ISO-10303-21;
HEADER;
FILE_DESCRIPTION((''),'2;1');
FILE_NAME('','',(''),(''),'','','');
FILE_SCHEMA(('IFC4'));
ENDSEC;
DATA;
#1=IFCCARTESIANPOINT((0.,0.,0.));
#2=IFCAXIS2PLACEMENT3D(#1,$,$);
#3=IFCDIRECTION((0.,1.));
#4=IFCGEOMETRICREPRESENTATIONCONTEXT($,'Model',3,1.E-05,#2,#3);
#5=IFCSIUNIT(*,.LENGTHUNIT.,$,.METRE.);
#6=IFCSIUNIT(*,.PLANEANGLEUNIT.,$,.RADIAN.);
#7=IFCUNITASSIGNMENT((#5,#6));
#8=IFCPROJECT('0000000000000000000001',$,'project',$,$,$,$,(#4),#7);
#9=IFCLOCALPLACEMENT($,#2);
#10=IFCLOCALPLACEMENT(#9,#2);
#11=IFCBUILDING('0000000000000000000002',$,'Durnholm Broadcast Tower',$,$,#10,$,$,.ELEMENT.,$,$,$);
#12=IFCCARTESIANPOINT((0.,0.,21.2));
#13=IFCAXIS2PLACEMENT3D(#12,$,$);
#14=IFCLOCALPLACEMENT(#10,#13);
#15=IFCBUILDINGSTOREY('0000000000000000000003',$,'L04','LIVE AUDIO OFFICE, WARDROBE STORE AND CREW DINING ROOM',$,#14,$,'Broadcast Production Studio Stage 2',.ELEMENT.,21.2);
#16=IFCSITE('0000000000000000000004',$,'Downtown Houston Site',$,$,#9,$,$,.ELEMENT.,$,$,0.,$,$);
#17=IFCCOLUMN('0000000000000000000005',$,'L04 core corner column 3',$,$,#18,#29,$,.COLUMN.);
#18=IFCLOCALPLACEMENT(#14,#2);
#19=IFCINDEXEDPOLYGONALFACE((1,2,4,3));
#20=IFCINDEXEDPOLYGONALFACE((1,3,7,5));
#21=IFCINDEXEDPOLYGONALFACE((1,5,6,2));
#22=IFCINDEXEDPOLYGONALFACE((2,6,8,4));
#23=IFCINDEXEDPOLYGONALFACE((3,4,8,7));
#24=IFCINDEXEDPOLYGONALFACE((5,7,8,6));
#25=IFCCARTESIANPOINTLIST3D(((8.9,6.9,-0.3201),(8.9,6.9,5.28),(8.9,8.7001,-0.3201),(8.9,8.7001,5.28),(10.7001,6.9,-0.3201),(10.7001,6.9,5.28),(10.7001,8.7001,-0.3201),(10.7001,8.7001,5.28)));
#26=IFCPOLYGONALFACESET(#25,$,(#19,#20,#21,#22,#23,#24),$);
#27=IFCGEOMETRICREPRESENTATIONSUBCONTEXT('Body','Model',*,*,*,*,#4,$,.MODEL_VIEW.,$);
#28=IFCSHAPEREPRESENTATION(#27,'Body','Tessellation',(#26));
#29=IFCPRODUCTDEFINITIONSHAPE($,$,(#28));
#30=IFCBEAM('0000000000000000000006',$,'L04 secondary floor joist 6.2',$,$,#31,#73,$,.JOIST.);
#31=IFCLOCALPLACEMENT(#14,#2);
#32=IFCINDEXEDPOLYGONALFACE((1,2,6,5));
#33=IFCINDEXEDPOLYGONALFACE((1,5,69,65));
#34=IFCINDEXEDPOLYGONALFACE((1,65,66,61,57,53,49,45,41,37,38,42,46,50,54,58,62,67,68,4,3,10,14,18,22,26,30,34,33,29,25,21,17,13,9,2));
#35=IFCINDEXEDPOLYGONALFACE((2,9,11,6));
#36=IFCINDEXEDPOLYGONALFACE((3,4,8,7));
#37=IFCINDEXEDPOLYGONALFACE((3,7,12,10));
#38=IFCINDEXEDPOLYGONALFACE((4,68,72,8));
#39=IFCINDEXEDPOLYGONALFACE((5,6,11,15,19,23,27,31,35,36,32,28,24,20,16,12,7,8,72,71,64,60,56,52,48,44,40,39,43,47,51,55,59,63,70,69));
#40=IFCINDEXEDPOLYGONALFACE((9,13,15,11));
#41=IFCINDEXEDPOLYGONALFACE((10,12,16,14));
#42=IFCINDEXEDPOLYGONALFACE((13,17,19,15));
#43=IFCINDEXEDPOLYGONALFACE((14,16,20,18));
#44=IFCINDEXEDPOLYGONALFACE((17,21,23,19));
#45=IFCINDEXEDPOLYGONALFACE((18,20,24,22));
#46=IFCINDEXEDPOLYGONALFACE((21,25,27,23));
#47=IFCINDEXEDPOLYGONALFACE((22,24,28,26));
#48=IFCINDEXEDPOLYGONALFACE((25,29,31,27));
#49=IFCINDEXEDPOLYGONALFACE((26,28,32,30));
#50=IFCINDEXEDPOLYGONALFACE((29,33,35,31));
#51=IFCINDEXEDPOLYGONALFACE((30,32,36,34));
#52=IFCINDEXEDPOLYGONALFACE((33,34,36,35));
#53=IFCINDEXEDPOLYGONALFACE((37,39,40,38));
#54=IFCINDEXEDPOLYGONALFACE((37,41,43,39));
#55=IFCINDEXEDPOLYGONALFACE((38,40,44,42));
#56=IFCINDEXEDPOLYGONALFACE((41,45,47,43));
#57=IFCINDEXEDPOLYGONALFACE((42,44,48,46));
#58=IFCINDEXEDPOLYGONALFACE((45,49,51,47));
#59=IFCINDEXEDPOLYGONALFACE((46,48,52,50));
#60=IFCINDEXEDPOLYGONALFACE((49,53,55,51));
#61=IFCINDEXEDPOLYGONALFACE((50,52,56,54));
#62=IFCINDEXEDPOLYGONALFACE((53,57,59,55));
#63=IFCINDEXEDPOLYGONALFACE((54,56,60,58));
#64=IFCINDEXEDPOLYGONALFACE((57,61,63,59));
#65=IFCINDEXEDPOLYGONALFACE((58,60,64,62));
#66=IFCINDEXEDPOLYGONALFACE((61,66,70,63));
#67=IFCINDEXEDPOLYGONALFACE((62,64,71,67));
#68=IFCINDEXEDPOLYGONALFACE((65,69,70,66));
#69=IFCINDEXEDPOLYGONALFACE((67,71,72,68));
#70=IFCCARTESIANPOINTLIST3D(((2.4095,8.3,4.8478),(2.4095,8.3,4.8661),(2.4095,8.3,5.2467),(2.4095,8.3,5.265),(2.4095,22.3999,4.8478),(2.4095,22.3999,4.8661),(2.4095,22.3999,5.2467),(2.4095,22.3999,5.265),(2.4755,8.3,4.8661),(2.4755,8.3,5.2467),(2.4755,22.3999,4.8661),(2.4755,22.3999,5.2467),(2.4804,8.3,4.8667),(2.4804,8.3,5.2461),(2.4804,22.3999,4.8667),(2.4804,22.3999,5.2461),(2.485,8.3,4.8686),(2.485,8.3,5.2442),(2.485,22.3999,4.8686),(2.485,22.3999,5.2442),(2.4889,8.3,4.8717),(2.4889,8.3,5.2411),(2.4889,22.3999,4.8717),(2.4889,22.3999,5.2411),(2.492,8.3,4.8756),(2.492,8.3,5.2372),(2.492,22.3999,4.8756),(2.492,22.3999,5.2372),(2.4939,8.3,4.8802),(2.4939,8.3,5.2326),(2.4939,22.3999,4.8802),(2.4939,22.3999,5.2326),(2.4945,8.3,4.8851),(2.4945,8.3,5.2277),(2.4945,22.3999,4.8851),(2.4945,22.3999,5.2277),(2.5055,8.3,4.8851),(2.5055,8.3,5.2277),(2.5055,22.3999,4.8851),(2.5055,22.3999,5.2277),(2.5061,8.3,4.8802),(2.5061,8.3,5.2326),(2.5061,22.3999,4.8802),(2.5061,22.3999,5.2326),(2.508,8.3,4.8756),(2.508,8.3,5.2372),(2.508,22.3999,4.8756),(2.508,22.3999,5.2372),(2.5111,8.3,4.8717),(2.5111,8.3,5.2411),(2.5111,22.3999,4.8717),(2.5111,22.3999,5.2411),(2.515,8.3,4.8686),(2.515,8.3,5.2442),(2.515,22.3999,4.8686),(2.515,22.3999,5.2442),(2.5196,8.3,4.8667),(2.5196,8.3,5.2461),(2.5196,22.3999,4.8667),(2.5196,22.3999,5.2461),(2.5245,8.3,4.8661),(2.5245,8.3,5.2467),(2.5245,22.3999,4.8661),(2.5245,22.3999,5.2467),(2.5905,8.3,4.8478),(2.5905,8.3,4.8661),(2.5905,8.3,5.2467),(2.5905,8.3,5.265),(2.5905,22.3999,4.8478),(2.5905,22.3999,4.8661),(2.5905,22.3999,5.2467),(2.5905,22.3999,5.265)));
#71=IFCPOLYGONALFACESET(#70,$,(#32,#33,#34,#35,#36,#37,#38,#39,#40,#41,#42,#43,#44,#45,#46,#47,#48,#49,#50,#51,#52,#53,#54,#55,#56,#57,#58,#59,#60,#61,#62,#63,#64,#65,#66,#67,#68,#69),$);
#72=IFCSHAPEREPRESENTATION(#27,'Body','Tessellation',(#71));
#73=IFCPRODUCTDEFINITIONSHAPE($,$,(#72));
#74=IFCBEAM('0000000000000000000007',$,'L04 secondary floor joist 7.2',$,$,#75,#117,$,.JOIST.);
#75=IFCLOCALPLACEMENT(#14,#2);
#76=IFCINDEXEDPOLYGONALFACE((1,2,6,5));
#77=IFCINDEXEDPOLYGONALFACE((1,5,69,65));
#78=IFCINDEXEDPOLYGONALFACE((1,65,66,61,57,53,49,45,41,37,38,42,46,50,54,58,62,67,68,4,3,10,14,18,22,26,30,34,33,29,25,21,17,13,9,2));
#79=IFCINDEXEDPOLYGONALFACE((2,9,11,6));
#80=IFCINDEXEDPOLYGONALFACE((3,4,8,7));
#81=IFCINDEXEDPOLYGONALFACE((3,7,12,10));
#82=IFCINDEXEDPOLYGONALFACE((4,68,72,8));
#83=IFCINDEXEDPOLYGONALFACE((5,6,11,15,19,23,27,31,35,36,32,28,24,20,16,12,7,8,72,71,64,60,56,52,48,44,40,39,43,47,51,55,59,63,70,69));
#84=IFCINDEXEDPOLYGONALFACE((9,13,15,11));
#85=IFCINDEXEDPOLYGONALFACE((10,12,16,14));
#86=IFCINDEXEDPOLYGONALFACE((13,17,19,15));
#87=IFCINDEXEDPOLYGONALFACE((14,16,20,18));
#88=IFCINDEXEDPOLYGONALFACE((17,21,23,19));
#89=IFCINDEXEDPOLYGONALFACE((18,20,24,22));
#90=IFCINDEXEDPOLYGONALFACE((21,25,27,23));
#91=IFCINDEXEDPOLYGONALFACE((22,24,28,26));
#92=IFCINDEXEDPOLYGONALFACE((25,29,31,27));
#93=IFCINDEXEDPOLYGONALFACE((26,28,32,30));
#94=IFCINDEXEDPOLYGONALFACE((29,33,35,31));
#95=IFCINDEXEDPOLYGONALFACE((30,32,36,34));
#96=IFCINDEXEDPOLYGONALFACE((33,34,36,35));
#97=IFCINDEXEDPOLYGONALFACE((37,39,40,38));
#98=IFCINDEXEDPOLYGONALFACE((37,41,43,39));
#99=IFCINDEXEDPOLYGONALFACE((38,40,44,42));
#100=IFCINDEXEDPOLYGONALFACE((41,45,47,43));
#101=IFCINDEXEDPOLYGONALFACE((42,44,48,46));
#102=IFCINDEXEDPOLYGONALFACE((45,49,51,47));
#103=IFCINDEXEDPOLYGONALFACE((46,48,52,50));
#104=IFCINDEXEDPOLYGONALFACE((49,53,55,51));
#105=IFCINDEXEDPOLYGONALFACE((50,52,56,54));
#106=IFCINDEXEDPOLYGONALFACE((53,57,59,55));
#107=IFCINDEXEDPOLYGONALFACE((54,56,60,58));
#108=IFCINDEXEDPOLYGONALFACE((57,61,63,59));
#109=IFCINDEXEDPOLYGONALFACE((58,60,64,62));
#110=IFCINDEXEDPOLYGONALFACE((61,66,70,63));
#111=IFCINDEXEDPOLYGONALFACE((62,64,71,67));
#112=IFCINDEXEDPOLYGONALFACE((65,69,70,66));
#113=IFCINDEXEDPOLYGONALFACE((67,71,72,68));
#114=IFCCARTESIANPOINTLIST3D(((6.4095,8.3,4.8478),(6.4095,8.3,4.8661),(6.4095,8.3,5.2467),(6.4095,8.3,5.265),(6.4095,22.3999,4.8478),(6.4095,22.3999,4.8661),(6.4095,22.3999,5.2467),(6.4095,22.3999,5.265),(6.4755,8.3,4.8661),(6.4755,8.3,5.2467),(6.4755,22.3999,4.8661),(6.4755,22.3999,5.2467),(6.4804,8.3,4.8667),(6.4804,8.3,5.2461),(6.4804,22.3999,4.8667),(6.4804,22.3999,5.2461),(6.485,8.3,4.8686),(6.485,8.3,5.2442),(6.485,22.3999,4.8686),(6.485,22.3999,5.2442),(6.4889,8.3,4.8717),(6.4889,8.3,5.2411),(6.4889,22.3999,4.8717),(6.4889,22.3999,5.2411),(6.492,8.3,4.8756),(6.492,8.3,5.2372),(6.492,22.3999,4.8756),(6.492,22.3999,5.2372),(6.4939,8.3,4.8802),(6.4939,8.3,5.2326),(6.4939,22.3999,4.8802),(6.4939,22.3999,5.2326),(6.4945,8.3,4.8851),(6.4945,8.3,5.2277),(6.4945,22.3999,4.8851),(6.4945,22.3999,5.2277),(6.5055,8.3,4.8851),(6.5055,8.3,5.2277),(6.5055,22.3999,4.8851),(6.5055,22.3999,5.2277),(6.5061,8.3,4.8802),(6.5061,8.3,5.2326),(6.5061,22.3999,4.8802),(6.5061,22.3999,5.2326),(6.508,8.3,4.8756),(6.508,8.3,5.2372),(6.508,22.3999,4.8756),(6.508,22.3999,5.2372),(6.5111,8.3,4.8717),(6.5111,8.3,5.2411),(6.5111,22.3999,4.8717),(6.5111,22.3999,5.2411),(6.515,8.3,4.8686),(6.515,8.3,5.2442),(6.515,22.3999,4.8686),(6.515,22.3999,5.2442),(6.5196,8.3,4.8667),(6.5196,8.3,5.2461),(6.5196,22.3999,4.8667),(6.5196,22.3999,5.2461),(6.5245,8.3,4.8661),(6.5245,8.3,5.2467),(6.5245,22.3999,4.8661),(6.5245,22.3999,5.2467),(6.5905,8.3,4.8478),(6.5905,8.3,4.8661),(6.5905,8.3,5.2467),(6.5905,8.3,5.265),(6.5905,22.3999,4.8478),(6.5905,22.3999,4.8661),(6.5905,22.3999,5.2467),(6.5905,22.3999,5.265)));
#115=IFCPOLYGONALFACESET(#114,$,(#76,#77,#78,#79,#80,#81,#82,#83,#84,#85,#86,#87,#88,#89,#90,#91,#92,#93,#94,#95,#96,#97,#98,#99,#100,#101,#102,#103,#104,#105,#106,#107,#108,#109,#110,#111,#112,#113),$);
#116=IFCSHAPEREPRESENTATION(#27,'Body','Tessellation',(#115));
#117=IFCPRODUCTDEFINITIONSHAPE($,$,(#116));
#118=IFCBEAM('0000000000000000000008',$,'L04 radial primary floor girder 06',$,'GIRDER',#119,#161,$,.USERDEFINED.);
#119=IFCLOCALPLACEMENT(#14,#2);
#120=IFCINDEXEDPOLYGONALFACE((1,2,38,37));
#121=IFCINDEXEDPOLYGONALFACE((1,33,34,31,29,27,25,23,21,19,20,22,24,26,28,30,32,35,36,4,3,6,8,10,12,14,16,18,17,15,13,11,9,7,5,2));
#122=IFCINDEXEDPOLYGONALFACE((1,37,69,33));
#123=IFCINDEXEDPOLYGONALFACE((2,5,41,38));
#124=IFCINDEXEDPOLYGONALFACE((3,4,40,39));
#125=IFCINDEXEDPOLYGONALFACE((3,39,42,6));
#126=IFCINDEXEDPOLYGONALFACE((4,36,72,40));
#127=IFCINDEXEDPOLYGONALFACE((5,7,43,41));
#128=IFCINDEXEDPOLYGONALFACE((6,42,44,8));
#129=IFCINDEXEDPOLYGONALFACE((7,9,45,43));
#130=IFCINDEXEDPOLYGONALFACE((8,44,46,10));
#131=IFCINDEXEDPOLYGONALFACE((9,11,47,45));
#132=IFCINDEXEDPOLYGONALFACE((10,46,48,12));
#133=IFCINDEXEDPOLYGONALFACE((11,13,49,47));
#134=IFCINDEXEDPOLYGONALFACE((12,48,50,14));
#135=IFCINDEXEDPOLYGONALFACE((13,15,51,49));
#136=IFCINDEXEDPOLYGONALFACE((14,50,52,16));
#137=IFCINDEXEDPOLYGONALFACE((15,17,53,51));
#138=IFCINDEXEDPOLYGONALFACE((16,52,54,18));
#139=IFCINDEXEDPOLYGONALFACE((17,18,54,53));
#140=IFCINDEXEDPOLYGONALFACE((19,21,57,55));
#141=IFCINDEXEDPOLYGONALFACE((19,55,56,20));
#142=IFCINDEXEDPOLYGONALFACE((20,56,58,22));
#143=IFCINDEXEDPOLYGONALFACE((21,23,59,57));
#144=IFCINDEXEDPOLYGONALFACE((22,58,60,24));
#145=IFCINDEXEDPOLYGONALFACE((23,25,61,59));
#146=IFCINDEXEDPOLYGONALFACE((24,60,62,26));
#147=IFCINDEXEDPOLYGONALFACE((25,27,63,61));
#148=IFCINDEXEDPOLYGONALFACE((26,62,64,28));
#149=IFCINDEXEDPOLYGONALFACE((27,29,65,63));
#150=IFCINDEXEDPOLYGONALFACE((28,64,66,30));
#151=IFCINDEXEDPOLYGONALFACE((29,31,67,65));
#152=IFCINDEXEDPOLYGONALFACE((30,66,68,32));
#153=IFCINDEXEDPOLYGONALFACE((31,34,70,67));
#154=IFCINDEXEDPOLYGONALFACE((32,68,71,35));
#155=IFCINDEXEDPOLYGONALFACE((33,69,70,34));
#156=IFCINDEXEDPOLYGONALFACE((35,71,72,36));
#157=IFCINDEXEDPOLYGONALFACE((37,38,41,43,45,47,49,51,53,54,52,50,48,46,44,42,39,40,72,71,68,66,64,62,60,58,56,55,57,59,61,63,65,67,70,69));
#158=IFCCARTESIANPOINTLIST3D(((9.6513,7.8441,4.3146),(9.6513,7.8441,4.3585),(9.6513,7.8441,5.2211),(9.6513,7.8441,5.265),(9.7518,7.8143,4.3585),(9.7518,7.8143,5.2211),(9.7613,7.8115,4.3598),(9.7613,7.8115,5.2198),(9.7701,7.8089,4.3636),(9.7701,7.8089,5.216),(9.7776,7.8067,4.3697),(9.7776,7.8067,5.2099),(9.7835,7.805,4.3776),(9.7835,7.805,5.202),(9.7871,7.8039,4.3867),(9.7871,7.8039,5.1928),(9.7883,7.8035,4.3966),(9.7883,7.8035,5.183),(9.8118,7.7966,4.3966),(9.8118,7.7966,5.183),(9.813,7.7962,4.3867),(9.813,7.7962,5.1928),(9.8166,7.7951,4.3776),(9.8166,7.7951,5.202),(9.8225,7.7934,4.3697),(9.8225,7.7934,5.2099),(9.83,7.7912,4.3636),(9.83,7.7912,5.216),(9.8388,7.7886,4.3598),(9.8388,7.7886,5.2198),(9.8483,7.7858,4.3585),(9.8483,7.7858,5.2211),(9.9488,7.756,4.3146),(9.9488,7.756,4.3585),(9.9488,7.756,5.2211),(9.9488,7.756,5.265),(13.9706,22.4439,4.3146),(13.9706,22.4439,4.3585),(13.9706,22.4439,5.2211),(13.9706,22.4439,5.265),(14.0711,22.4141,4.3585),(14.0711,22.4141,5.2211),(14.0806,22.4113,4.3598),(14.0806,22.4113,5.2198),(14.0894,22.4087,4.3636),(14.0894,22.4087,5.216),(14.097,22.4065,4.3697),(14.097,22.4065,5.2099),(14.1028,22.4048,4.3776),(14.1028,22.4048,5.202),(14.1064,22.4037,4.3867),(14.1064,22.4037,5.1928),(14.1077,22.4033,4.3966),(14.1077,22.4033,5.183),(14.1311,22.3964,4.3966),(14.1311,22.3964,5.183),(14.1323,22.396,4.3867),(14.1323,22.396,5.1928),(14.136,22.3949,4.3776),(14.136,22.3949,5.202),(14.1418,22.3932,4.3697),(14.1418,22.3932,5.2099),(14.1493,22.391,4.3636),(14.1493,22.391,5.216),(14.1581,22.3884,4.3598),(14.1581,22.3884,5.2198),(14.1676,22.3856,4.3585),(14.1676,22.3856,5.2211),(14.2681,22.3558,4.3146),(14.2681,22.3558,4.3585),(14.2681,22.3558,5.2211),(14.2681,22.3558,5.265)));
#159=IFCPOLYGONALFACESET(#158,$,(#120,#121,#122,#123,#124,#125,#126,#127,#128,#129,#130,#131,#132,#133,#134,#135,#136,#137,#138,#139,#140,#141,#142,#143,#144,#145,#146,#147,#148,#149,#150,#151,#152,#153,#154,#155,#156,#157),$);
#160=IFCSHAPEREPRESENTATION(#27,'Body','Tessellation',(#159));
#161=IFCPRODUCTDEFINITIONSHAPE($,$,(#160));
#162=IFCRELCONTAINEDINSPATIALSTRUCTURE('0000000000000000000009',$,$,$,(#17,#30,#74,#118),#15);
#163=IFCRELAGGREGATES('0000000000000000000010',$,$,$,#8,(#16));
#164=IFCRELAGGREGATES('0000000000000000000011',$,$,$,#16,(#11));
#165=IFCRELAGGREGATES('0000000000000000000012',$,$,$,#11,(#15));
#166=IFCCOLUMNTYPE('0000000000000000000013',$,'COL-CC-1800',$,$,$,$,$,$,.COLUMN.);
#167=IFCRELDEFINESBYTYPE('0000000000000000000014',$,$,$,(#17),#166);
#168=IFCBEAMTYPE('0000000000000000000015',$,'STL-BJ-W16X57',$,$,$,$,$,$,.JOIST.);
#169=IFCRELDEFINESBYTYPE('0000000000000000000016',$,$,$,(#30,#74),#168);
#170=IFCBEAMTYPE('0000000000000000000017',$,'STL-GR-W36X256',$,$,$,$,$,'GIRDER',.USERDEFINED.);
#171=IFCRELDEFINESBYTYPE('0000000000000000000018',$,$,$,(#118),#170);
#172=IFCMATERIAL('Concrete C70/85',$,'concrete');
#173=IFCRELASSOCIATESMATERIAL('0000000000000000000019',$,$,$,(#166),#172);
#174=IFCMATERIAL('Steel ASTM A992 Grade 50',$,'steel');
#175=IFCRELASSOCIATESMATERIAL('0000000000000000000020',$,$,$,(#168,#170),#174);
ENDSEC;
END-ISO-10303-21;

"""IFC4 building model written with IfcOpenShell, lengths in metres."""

from ifc_helpers import new_model, si_unit, direction, frame, origin, origin_2d, place, context, subcontext, project, spatial, rectangle, i_section, extrude, source, transform, mapped, material, material_profile, profile_set, type_object, type_shapes, element, save


model = new_model("IFC4")

# Units and contexts
model_context = context("Model", 3, precision=1e-05, world=origin(), true_north=direction((0.0, 1.0)))
body_context = subcontext(model_context, "Body", "Model", "MODEL_VIEW")
ifc_project = project(units=[si_unit("LENGTHUNIT", "METRE"), si_unit("PLANEANGLEUNIT", "RADIAN")], contexts=[model_context])

# Site, building, storey
site_placement = place(None, origin())
site = spatial("IfcSite", under=ifc_project, at=site_placement, Name="Downtown Houston Site", CompositionType="ELEMENT", RefElevation=0.0)
building_placement = place(site_placement, origin())
building = spatial("IfcBuilding", under=site, at=building_placement, Name="Durnholm Broadcast Tower", CompositionType="ELEMENT")
storey_placement = place(building_placement, frame((0.0, 0.0, 21.2)))
storey = spatial("IfcBuildingStorey", under=building, at=storey_placement, Name="L04", Description="LIVE AUDIO OFFICE, WARDROBE STORE AND CREW DINING ROOM", LongName="Broadcast Production Studio Stage 2", CompositionType="ELEMENT", Elevation=21.2)

# Column
ifc_material_1 = material(Name="Concrete C70/85", Category="concrete")
ifc_material_profile_1 = material_profile(ifc_material_1, rectangle(XDim=1.8, YDim=1.8, at=origin_2d()), Name="RC1800X1800")
ifc_profile_set_1 = profile_set([ifc_material_profile_1], Name="Concrete C70/85")
column_type = type_object("IfcColumnType", Name="COL-CC-1800", PredefinedType="COLUMN", material=ifc_profile_set_1)
shared_shape_1 = source(origin(), body_context, "Body", "SweptSolid", [
    extrude(rectangle(XDim=1.8, YDim=1.8, at=origin_2d()), origin(), (0.0, 0.0, 1.0), 5.6001),
])
type_shapes(column_type, [shared_shape_1])
column_placement = place(storey_placement, frame((9.8, 7.8, -0.3201), z_axis=(0.0, 0.0, 1.0), x_axis=(1.0, 0.0, 0.0)))
element("IfcColumn", 1, at=column_placement, inside=storey, type_object=column_type, Name="L04 core corner column 3", PredefinedType="COLUMN", context=body_context, shape_type="MappedRepresentation", body=[
    mapped(shared_shape_1, transform((0.0, 0.0, 0.0), x_axis=(1.0, 0.0, 0.0), y_axis=(0.0, 1.0, 0.0), z_axis=(0.0, 0.0, 1.0), scale=1.0)),
])

# Beams
ifc_material_2 = material(Name="Steel ASTM A992 Grade 50", Category="steel")
ifc_material_profile_2 = material_profile(ifc_material_2, i_section(OverallWidth=0.1809, OverallDepth=0.4172, WebThickness=0.011, FlangeThickness=0.0183, FilletRadius=0.019, at=origin_2d()), Name="W16X57")
ifc_profile_set_2 = profile_set([ifc_material_profile_2], Name="Steel ASTM A992 Grade 50")
beam_type_1 = type_object("IfcBeamType", Name="STL-BJ-W16X57", PredefinedType="JOIST", material=ifc_profile_set_2)
shared_shape_2 = source(origin(), body_context, "Body", "SweptSolid", [
    extrude(i_section(OverallWidth=0.1809, OverallDepth=0.4172, WebThickness=0.011, FlangeThickness=0.0183, FilletRadius=0.019, at=origin_2d()), origin(), (0.0, 0.0, 1.0), 14.0999),
])
type_shapes(beam_type_1, [shared_shape_2])
for number, where, z_axis, x_axis, name in (
    (2, (2.5, 8.3, 5.0564), (0.0, 1.0, 0.0), (-1.0, 0.0, 0.0), "L04 secondary floor joist 6.2"),
    (3, (6.5, 8.3, 5.0564), (0.0, 1.0, 0.0), (-1.0, 0.0, 0.0), "L04 secondary floor joist 7.2"),
):
    element("IfcBeam", number, at=place(storey_placement, frame(where, z_axis=z_axis, x_axis=x_axis)), inside=storey, type_object=beam_type_1, Name=name, PredefinedType="JOIST", context=body_context, shape_type="MappedRepresentation", body=[
        mapped(shared_shape_2, transform((0.0, 0.0, 0.0), x_axis=(1.0, 0.0, 0.0), y_axis=(0.0, 1.0, 0.0), z_axis=(0.0, 0.0, 1.0), scale=1.0)),
    ])
ifc_material_profile_3 = material_profile(ifc_material_2, i_section(OverallWidth=0.3103, OverallDepth=0.9504, WebThickness=0.0244, FlangeThickness=0.0439, FilletRadius=0.0381, at=origin_2d()), Name="W36X256")
ifc_profile_set_3 = profile_set([ifc_material_profile_3], Name="Steel ASTM A992 Grade 50")
beam_type_2 = type_object("IfcBeamType", Name="STL-GR-W36X256", ElementType="GIRDER", PredefinedType="USERDEFINED", material=ifc_profile_set_3)
shared_shape_3 = source(origin(), body_context, "Body", "SweptSolid", [
    extrude(i_section(OverallWidth=0.3103, OverallDepth=0.9504, WebThickness=0.0244, FlangeThickness=0.0439, FilletRadius=0.0381, at=origin_2d()), origin(), (0.0, 0.0, 1.0), 15.2253),
])
beam_1_placement = place(storey_placement, frame((9.8, 7.8, 4.7898), z_axis=(0.283693, 0.958915, 0.0), x_axis=(-0.958915, 0.283693, 0.0)))
element("IfcBeam", 4, at=beam_1_placement, inside=storey, type_object=beam_type_2, Name="L04 radial primary floor girder 06", ObjectType="GIRDER", PredefinedType="USERDEFINED", context=body_context, shape_type="MappedRepresentation", body=[
    mapped(shared_shape_3, transform((0.0, 0.0, 0.0), x_axis=(1.0, 0.0, 0.0), y_axis=(0.0, 1.0, 0.0), z_axis=(0.0, 0.0, 1.0), scale=1.0)),
])

save(model, "model.ifc")
